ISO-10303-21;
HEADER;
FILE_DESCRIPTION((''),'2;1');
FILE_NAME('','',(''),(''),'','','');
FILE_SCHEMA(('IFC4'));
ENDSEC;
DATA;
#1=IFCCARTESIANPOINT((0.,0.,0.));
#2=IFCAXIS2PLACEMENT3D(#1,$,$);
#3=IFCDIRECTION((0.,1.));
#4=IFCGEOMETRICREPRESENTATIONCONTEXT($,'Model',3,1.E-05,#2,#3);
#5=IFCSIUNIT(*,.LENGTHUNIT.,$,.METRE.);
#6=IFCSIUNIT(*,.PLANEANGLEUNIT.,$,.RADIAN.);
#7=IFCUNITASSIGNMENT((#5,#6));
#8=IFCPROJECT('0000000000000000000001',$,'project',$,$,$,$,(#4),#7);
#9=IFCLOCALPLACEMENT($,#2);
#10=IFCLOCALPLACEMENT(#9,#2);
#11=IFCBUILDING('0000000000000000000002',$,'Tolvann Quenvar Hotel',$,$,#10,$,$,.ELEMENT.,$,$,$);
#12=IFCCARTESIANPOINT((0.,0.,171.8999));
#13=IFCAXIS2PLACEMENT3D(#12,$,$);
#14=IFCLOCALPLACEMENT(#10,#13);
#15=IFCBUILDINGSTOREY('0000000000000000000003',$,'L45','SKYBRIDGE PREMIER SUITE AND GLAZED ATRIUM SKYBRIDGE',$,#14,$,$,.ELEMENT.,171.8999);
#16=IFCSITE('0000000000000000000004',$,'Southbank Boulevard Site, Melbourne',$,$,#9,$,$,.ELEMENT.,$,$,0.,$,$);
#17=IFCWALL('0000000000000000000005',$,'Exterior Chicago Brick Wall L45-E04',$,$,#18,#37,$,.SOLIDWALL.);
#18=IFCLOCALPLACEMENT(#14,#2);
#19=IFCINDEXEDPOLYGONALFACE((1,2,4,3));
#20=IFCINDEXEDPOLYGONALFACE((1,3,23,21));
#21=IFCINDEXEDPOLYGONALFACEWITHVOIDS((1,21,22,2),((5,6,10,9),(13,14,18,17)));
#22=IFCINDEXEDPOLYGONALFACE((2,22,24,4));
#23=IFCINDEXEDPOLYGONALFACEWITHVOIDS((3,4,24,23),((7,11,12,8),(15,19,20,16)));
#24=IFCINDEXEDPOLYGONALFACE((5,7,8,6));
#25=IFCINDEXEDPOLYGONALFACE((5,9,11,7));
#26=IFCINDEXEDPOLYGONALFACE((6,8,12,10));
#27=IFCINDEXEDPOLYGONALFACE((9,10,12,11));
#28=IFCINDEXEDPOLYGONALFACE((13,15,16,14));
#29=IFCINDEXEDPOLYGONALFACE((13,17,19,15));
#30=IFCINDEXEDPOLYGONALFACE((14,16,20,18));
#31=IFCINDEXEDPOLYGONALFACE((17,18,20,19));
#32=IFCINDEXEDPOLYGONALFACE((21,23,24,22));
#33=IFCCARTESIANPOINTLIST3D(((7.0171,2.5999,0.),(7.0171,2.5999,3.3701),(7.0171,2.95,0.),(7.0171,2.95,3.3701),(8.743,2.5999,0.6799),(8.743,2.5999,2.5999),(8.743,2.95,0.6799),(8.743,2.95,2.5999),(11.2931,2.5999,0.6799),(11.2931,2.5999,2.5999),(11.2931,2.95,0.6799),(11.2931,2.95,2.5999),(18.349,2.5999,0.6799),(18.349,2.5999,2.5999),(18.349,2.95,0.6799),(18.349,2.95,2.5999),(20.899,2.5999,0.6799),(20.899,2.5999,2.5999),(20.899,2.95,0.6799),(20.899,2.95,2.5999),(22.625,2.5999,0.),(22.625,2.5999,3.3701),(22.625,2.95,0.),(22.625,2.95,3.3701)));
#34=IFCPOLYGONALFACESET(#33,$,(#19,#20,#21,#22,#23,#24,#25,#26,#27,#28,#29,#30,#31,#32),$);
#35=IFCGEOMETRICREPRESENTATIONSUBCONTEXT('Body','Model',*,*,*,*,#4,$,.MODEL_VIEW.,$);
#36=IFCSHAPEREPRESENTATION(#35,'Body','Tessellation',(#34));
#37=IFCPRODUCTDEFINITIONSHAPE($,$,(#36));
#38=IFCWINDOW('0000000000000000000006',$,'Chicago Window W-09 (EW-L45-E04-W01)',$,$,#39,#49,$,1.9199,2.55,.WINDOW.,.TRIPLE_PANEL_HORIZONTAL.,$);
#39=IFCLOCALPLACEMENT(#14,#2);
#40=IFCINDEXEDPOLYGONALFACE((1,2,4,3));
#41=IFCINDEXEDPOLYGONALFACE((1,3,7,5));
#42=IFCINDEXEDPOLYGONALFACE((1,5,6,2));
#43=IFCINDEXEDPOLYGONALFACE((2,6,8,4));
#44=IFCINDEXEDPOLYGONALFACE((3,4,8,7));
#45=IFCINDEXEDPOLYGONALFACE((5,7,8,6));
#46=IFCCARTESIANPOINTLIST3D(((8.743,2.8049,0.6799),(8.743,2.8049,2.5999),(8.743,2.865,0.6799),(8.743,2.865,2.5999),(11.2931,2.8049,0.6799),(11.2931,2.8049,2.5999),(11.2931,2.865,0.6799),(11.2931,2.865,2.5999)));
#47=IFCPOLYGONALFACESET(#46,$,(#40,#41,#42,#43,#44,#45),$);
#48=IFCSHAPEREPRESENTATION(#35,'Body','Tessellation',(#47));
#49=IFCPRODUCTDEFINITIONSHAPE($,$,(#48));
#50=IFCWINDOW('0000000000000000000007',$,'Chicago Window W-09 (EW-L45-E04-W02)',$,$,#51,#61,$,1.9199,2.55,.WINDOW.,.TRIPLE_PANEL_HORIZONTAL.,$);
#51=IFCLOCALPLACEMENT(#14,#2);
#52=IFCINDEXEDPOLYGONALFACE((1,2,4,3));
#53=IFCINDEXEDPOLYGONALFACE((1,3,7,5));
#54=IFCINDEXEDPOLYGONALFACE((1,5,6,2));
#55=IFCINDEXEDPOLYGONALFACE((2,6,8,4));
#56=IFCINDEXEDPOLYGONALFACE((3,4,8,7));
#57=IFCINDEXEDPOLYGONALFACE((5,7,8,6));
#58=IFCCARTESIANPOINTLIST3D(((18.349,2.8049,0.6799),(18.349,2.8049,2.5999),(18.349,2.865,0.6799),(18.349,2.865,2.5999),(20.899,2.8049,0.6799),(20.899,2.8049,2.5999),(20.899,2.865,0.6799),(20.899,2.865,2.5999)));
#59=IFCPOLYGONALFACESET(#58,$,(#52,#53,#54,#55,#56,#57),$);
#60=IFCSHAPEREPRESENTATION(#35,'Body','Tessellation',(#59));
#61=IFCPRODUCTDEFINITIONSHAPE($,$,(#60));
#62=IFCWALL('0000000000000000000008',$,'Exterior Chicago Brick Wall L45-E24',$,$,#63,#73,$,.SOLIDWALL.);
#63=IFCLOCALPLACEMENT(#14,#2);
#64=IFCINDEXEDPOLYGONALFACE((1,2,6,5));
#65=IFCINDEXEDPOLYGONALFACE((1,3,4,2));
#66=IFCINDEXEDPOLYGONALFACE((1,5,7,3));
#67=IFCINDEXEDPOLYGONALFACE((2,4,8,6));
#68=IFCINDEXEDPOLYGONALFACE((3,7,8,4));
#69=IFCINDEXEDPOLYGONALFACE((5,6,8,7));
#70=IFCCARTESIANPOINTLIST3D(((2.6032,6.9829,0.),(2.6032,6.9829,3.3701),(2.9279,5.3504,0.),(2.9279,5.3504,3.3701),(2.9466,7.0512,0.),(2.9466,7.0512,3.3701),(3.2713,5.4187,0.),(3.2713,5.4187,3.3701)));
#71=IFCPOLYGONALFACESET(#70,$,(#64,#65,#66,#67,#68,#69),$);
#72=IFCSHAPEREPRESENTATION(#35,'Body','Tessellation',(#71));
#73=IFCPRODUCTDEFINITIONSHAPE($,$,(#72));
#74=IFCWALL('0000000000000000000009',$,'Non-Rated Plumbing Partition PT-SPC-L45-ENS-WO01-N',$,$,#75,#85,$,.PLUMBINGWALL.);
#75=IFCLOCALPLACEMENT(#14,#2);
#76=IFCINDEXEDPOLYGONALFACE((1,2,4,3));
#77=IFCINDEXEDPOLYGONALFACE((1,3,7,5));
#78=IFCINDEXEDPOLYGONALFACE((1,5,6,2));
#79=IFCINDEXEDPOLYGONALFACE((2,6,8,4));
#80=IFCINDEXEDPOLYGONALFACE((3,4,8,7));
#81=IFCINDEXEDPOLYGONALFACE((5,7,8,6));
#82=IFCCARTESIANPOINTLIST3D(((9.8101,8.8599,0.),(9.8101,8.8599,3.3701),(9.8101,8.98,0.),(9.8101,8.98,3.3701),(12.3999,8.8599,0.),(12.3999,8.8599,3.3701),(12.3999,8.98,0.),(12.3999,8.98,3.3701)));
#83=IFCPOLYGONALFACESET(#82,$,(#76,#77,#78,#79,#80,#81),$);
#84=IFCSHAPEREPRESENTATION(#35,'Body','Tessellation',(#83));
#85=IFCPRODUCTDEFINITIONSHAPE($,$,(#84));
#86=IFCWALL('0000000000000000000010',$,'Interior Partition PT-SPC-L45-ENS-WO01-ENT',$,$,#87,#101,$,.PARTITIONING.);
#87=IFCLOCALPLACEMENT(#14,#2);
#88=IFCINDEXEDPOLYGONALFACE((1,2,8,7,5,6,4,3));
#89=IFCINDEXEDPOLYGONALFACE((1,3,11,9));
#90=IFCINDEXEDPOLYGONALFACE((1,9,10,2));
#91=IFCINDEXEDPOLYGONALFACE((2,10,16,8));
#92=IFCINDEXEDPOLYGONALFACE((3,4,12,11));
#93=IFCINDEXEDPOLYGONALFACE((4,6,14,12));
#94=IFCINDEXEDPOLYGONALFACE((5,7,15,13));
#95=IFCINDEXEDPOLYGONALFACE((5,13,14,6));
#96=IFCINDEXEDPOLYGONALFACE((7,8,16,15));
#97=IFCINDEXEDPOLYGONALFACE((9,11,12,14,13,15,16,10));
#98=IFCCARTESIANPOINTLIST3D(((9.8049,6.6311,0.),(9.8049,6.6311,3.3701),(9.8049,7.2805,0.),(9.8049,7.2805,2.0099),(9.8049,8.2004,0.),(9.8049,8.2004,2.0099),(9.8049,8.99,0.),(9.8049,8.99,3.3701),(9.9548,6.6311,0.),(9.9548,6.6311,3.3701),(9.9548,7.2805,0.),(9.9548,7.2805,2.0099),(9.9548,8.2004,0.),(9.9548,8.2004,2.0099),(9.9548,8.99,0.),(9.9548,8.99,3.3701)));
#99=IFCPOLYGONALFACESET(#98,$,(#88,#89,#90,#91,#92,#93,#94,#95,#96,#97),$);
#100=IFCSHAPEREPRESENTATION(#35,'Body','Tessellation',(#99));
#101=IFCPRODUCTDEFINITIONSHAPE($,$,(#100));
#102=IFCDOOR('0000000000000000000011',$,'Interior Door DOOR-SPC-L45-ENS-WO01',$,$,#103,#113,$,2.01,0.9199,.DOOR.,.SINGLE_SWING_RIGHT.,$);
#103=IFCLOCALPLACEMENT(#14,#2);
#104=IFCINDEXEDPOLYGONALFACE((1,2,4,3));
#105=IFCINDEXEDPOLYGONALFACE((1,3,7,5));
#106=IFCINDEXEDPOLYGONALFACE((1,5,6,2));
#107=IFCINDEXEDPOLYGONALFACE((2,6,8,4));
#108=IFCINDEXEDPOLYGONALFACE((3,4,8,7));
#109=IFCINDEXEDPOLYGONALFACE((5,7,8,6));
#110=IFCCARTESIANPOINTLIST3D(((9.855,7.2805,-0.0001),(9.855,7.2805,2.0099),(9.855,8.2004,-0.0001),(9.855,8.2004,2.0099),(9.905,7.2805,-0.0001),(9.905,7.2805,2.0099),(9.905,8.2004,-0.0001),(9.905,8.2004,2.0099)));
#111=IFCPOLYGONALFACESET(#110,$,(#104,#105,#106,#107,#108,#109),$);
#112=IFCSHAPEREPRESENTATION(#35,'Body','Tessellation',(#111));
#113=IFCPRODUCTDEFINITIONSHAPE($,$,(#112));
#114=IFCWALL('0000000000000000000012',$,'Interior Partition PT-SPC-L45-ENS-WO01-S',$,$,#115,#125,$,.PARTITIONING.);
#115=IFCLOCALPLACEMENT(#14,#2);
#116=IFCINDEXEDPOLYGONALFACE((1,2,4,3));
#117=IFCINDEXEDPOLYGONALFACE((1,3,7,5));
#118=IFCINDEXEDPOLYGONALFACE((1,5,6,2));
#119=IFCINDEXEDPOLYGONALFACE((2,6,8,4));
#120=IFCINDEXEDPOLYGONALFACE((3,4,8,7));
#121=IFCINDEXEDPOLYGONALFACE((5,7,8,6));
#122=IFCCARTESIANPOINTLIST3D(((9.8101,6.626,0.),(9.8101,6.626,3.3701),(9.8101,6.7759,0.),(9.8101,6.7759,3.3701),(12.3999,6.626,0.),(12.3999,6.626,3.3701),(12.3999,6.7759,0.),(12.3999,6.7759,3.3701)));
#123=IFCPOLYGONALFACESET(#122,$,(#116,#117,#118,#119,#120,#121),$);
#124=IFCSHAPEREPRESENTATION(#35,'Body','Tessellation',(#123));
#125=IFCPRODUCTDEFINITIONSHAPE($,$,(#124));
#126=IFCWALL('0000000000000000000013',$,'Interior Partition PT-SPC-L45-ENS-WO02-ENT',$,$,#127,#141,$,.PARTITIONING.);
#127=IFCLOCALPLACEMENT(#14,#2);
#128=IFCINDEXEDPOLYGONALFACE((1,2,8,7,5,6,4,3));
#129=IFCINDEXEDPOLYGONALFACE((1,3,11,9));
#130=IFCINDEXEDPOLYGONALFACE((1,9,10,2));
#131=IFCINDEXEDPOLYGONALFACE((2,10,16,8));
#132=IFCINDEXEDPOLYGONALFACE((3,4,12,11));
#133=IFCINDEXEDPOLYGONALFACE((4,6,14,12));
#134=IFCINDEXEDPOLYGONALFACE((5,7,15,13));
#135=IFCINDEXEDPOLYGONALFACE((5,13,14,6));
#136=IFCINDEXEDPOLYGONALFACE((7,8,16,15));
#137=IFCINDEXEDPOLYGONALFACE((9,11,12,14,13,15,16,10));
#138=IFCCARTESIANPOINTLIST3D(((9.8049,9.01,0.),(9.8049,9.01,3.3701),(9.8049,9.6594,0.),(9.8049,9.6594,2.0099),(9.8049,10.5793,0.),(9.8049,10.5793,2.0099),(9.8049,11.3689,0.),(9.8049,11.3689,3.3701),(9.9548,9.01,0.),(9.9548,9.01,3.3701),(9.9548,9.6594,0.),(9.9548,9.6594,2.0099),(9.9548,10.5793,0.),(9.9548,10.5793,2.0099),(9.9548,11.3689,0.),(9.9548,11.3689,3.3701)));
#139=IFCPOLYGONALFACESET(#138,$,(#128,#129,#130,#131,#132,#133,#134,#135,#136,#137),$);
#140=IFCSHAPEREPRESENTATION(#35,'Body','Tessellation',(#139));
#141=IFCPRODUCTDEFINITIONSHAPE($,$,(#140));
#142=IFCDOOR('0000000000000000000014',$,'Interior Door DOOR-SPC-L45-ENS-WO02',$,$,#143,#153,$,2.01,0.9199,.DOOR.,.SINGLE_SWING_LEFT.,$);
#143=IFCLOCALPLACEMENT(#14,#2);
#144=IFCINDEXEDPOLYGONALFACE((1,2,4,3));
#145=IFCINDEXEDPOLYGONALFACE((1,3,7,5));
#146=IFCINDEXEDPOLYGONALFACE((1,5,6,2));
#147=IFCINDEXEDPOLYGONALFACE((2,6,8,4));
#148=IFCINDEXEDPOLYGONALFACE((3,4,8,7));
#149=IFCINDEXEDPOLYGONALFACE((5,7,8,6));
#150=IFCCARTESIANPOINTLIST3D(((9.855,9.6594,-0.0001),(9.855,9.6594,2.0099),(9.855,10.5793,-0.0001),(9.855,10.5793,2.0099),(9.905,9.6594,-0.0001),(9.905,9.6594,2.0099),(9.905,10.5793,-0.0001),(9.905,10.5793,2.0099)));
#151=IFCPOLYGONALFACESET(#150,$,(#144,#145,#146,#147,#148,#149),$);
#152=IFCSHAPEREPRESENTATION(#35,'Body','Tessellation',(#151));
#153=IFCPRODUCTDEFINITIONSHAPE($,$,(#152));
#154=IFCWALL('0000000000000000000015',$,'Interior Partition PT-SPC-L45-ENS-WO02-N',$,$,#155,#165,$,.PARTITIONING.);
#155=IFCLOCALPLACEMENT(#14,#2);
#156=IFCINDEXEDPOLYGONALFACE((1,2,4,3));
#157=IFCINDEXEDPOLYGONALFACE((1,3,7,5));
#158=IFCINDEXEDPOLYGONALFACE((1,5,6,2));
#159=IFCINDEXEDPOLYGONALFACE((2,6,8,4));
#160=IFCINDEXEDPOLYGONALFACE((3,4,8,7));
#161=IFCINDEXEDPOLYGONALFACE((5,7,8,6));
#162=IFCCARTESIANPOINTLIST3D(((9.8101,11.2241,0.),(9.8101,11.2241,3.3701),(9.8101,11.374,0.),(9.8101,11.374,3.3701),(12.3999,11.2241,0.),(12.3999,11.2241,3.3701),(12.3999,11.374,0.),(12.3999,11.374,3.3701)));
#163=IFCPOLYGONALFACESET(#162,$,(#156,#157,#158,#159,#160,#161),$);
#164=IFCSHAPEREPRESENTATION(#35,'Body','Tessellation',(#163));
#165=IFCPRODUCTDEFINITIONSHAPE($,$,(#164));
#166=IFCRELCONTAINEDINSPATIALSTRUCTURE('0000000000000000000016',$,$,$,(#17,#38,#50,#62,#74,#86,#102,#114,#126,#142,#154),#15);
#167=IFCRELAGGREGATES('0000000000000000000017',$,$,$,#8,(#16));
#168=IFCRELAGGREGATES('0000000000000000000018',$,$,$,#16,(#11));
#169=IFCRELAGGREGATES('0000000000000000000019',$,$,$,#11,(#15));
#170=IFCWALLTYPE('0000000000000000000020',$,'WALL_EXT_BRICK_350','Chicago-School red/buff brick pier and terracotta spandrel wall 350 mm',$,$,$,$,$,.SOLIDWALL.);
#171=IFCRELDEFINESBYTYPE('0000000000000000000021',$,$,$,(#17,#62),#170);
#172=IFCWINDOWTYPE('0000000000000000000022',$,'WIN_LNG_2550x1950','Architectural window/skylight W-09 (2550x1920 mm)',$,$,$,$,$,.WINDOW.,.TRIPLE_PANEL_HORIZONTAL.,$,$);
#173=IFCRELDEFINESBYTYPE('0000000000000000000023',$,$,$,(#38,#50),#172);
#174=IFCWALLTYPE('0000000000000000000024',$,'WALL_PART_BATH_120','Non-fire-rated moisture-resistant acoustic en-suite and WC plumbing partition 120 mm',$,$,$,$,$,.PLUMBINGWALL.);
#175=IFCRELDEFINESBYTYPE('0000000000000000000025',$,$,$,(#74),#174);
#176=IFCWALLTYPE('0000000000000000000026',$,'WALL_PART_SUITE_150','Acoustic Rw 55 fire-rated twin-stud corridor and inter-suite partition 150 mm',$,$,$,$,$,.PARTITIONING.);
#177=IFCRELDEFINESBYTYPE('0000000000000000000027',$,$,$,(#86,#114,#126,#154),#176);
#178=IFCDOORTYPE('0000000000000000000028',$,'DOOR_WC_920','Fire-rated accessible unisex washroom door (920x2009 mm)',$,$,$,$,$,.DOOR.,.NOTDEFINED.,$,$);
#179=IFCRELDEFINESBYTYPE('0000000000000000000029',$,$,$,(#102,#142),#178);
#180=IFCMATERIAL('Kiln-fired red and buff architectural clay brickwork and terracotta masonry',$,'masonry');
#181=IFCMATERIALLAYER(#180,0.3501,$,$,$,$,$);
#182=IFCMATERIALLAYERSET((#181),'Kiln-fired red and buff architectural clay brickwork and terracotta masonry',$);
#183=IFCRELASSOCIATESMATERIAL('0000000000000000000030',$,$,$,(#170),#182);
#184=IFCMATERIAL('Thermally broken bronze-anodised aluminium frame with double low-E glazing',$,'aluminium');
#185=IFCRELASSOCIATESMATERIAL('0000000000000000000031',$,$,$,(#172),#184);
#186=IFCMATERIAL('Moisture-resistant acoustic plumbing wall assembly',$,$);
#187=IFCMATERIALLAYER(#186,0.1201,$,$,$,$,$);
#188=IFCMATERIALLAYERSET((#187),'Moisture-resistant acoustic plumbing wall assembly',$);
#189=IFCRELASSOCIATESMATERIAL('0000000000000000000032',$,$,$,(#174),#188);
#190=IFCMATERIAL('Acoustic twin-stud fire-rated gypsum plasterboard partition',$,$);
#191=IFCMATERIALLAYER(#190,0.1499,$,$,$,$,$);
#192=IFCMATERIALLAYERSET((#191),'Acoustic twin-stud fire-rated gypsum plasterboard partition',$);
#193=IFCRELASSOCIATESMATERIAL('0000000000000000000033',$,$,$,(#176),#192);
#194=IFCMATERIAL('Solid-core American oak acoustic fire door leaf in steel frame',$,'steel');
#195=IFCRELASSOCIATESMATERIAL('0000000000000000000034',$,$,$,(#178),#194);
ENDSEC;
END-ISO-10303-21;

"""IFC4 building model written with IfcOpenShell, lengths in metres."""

from ifc_helpers import new_model, si_unit, direction, frame, frame_2d, origin, place, context, subcontext, project, spatial, rectangle, extrude, source, transform, mapped, material, layer, layer_set, type_object, type_shapes, element, fill, save


model = new_model("IFC4")

# Units and contexts
model_context = context("Model", 3, precision=1e-05, world=origin(), true_north=direction((0.0, 1.0)))
body_context = subcontext(model_context, "Body", "Model", "MODEL_VIEW")
ifc_project = project(units=[si_unit("LENGTHUNIT", "METRE"), si_unit("PLANEANGLEUNIT", "RADIAN")], contexts=[model_context])

# Site, building, storey
site_placement = place(None, origin())
site = spatial("IfcSite", under=ifc_project, at=site_placement, Name="Southbank Boulevard Site, Melbourne", CompositionType="ELEMENT", RefElevation=0.0)
building_placement = place(site_placement, origin())
building = spatial("IfcBuilding", under=site, at=building_placement, Name="Tolvann Quenvar Hotel", CompositionType="ELEMENT")
storey_placement = place(building_placement, frame((0.0, 0.0, 171.8999)))
storey = spatial("IfcBuildingStorey", under=building, at=storey_placement, Name="L45", Description="SKYBRIDGE PREMIER SUITE AND GLAZED ATRIUM SKYBRIDGE", CompositionType="ELEMENT", Elevation=171.8999)

# Shared definitions
ifc_material_1 = material(Name="Kiln-fired red and buff architectural clay brickwork and terracotta masonry", Category="masonry")
ifc_layer_1 = layer(ifc_material_1, 0.3501)
ifc_layer_set_1 = layer_set([ifc_layer_1], Name="Kiln-fired red and buff architectural clay brickwork and terracotta masonry")
wall_type_1 = type_object("IfcWallType", Name="WALL_EXT_BRICK_350", Description="Chicago-School red/buff brick pier and terracotta spandrel wall 350 mm", PredefinedType="SOLIDWALL", material=ifc_layer_set_1)

# Wall, openings, windows
wall_1_placement = place(storey_placement, frame((7.0171, 2.7749, 0.0), z_axis=(0.0, 0.0, 1.0), x_axis=(1.0, 0.0, 0.0)))
wall_1 = element("IfcWall", 1, at=wall_1_placement, inside=storey, type_object=wall_type_1, Name="Exterior Chicago Brick Wall L45-E04", PredefinedType="SOLIDWALL", context=body_context, shape_type="SweptSolid", body=[
    extrude(rectangle(XDim=15.6079, YDim=0.3501, at=frame_2d((7.804, 0.0))), origin(), (0.0, 0.0, 1.0), 3.3701),
])
opening_1_placement = place(wall_1_placement, frame((1.7261, 0.0, 0.6799)))
opening_1 = element("IfcOpeningElement", 2, at=opening_1_placement, cuts=wall_1, PredefinedType="OPENING", context=body_context, shape_type="SweptSolid", body=[
    extrude(rectangle(XDim=2.55, YDim=1.9199, at=frame_2d((1.2749, 0.96))), frame((0.0, 0.1851, 0.0), z_axis=(0.0, -1.0, 0.0), x_axis=(1.0, 0.0, 0.0)), (0.0, 0.0, 1.0), 0.3701),
])
opening_2_placement = place(wall_1_placement, frame((11.332, 0.0, 0.6799)))
opening_2 = element("IfcOpeningElement", 3, at=opening_2_placement, cuts=wall_1, PredefinedType="OPENING", context=body_context, shape_type="SweptSolid", body=[
    extrude(rectangle(XDim=2.55, YDim=1.9199, at=frame_2d((1.2749, 0.96))), frame((0.0, 0.1851, 0.0), z_axis=(0.0, -1.0, 0.0), x_axis=(1.0, 0.0, 0.0)), (0.0, 0.0, 1.0), 0.3701),
])
ifc_material_2 = material(Name="Thermally broken bronze-anodised aluminium frame with double low-E glazing", Category="aluminium")
window_type = type_object("IfcWindowType", Name="WIN_LNG_2550x1950", Description="Architectural window/skylight W-09 (2550x1920 mm)", PartitioningType="TRIPLE_PANEL_HORIZONTAL", PredefinedType="WINDOW", material=ifc_material_2)
shared_shape_1 = source(origin(), body_context, "Body", "SweptSolid", [
    extrude(rectangle(XDim=2.55, YDim=1.9199, at=frame_2d((1.2749, 0.96))), frame((0.0, 0.0901, 0.0), z_axis=(0.0, -1.0, 0.0), x_axis=(1.0, 0.0, 0.0)), (0.0, 0.0, 1.0), 0.0601),
])
type_shapes(window_type, [shared_shape_1])
window_1_placement = place(opening_1_placement, origin())
window_1 = element("IfcWindow", 4, at=window_1_placement, inside=storey, type_object=window_type, Name="Chicago Window W-09 (EW-L45-E04-W01)", OverallHeight=1.9199, OverallWidth=2.55, PartitioningType="TRIPLE_PANEL_HORIZONTAL", PredefinedType="WINDOW", context=body_context, shape_type="MappedRepresentation", body=[
    mapped(shared_shape_1, transform((0.0, 0.0, 0.0), x_axis=(1.0, 0.0, 0.0), y_axis=(0.0, 1.0, 0.0), z_axis=(0.0, 0.0, 1.0), scale=1.0)),
])
fill(opening_1, window_1)
window_2_placement = place(opening_2_placement, origin())
window_2 = element("IfcWindow", 5, at=window_2_placement, inside=storey, type_object=window_type, Name="Chicago Window W-09 (EW-L45-E04-W02)", OverallHeight=1.9199, OverallWidth=2.55, PartitioningType="TRIPLE_PANEL_HORIZONTAL", PredefinedType="WINDOW", context=body_context, shape_type="MappedRepresentation", body=[
    mapped(shared_shape_1, transform((0.0, 0.0, 0.0), x_axis=(1.0, 0.0, 0.0), y_axis=(0.0, 1.0, 0.0), z_axis=(0.0, 0.0, 1.0), scale=1.0)),
])
fill(opening_2, window_2)

# Walls
wall_2_placement = place(storey_placement, frame((2.7749, 7.0171, 0.0), z_axis=(0.0, 0.0, 1.0), x_axis=(0.195072, -0.980789, 0.0)))
element("IfcWall", 6, at=wall_2_placement, inside=storey, type_object=wall_type_1, Name="Exterior Chicago Brick Wall L45-E24", PredefinedType="SOLIDWALL", context=body_context, shape_type="SweptSolid", body=[
    extrude(rectangle(XDim=1.6646, YDim=0.3501, at=frame_2d((0.8323, 0.0))), origin(), (0.0, 0.0, 1.0), 3.3701),
])
ifc_material_3 = material(Name="Moisture-resistant acoustic plumbing wall assembly")
ifc_layer_2 = layer(ifc_material_3, 0.1201)
ifc_layer_set_2 = layer_set([ifc_layer_2], Name="Moisture-resistant acoustic plumbing wall assembly")
wall_type_2 = type_object("IfcWallType", Name="WALL_PART_BATH_120", Description="Non-fire-rated moisture-resistant acoustic en-suite and WC plumbing partition 120 mm", PredefinedType="PLUMBINGWALL", material=ifc_layer_set_2)
wall_3_placement = place(storey_placement, frame((9.8101, 8.9199, 0.0), z_axis=(0.0, 0.0, 1.0), x_axis=(1.0, 0.0, 0.0)))
element("IfcWall", 7, at=wall_3_placement, inside=storey, type_object=wall_type_2, Name="Non-Rated Plumbing Partition PT-SPC-L45-ENS-WO01-N", PredefinedType="PLUMBINGWALL", context=body_context, shape_type="SweptSolid", body=[
    extrude(rectangle(XDim=2.5898, YDim=0.1201, at=frame_2d((1.2949, 0.0))), origin(), (0.0, 0.0, 1.0), 3.3701),
])

# Wall, opening, door
ifc_material_4 = material(Name="Acoustic twin-stud fire-rated gypsum plasterboard partition")
ifc_layer_3 = layer(ifc_material_4, 0.1499)
ifc_layer_set_3 = layer_set([ifc_layer_3], Name="Acoustic twin-stud fire-rated gypsum plasterboard partition")
wall_type_3 = type_object("IfcWallType", Name="WALL_PART_SUITE_150", Description="Acoustic Rw 55 fire-rated twin-stud corridor and inter-suite partition 150 mm", PredefinedType="PARTITIONING", material=ifc_layer_set_3)
wall_4_placement = place(storey_placement, frame((9.8799, 6.6311, 0.0), z_axis=(0.0, 0.0, 1.0), x_axis=(0.0, 1.0, 0.0)))
wall_4 = element("IfcWall", 8, at=wall_4_placement, inside=storey, type_object=wall_type_3, Name="Interior Partition PT-SPC-L45-ENS-WO01-ENT", PredefinedType="PARTITIONING", context=body_context, shape_type="SweptSolid", body=[
    extrude(rectangle(XDim=2.3589, YDim=0.1499, at=frame_2d((1.1794, 0.0))), origin(), (0.0, 0.0, 1.0), 3.3701),
])
opening_3_placement = place(wall_4_placement, frame((0.6494, 0.0, 0.0)))
opening_3 = element("IfcOpeningElement", 9, at=opening_3_placement, cuts=wall_4, PredefinedType="OPENING", context=body_context, shape_type="SweptSolid", body=[
    extrude(rectangle(XDim=0.9199, YDim=2.01, at=frame_2d((0.46, 1.0049))), frame((0.0, 0.085, 0.0), z_axis=(0.0, -1.0, 0.0), x_axis=(1.0, 0.0, 0.0)), (0.0, 0.0, 1.0), 0.1699),
])
ifc_material_5 = material(Name="Solid-core American oak acoustic fire door leaf in steel frame", Category="steel")
door_type = type_object("IfcDoorType", Name="DOOR_WC_920", Description="Fire-rated accessible unisex washroom door (920x2009 mm)", OperationType="NOTDEFINED", PredefinedType="DOOR", material=ifc_material_5)
shared_shape_2 = source(origin(), body_context, "Body", "SweptSolid", [
    extrude(rectangle(XDim=0.9199, YDim=2.01, at=frame_2d((0.46, 1.0049))), frame((0.0, 0.0249, 0.0), z_axis=(0.0, -1.0, 0.0), x_axis=(1.0, 0.0, 0.0)), (0.0, 0.0, 1.0), 0.05),
])
type_shapes(door_type, [shared_shape_2])
door_1_placement = place(opening_3_placement, origin())
door_1 = element("IfcDoor", 10, at=door_1_placement, inside=storey, type_object=door_type, Name="Interior Door DOOR-SPC-L45-ENS-WO01", OperationType="SINGLE_SWING_RIGHT", OverallHeight=2.01, OverallWidth=0.9199, PredefinedType="DOOR", context=body_context, shape_type="MappedRepresentation", body=[
    mapped(shared_shape_2, transform((0.0, 0.0, 0.0), x_axis=(1.0, 0.0, 0.0), y_axis=(0.0, 1.0, 0.0), z_axis=(0.0, 0.0, 1.0), scale=1.0)),
])
fill(opening_3, door_1)

# Wall
wall_5_placement = place(storey_placement, frame((9.8101, 6.7009, 0.0), z_axis=(0.0, 0.0, 1.0), x_axis=(1.0, 0.0, 0.0)))
element("IfcWall", 11, at=wall_5_placement, inside=storey, type_object=wall_type_3, Name="Interior Partition PT-SPC-L45-ENS-WO01-S", PredefinedType="PARTITIONING", context=body_context, shape_type="SweptSolid", body=[
    extrude(rectangle(XDim=2.5898, YDim=0.1499, at=frame_2d((1.2949, 0.0))), origin(), (0.0, 0.0, 1.0), 3.3701),
])

# Wall, opening, door
wall_6_placement = place(storey_placement, frame((9.8799, 9.01, 0.0), z_axis=(0.0, 0.0, 1.0), x_axis=(0.0, 1.0, 0.0)))
wall_6 = element("IfcWall", 12, at=wall_6_placement, inside=storey, type_object=wall_type_3, Name="Interior Partition PT-SPC-L45-ENS-WO02-ENT", PredefinedType="PARTITIONING", context=body_context, shape_type="SweptSolid", body=[
    extrude(rectangle(XDim=2.3589, YDim=0.1499, at=frame_2d((1.1794, 0.0))), origin(), (0.0, 0.0, 1.0), 3.3701),
])
opening_4_placement = place(wall_6_placement, frame((0.6494, 0.0, 0.0)))
opening_4 = element("IfcOpeningElement", 13, at=opening_4_placement, cuts=wall_6, PredefinedType="OPENING", context=body_context, shape_type="SweptSolid", body=[
    extrude(rectangle(XDim=0.9199, YDim=2.01, at=frame_2d((0.46, 1.0049))), frame((0.0, 0.085, 0.0), z_axis=(0.0, -1.0, 0.0), x_axis=(1.0, 0.0, 0.0)), (0.0, 0.0, 1.0), 0.1699),
])
door_2_placement = place(opening_4_placement, origin())
door_2 = element("IfcDoor", 14, at=door_2_placement, inside=storey, type_object=door_type, Name="Interior Door DOOR-SPC-L45-ENS-WO02", OperationType="SINGLE_SWING_LEFT", OverallHeight=2.01, OverallWidth=0.9199, PredefinedType="DOOR", context=body_context, shape_type="MappedRepresentation", body=[
    mapped(shared_shape_2, transform((0.0, 0.0, 0.0), x_axis=(1.0, 0.0, 0.0), y_axis=(0.0, 1.0, 0.0), z_axis=(0.0, 0.0, 1.0), scale=1.0)),
])
fill(opening_4, door_2)

# Wall
wall_7_placement = place(storey_placement, frame((9.8101, 11.2991, 0.0), z_axis=(0.0, 0.0, 1.0), x_axis=(1.0, 0.0, 0.0)))
element("IfcWall", 15, at=wall_7_placement, inside=storey, type_object=wall_type_3, Name="Interior Partition PT-SPC-L45-ENS-WO02-N", PredefinedType="PARTITIONING", context=body_context, shape_type="SweptSolid", body=[
    extrude(rectangle(XDim=2.5898, YDim=0.1499, at=frame_2d((1.2949, 0.0))), origin(), (0.0, 0.0, 1.0), 3.3701),
])

save(model, "model.ifc")
